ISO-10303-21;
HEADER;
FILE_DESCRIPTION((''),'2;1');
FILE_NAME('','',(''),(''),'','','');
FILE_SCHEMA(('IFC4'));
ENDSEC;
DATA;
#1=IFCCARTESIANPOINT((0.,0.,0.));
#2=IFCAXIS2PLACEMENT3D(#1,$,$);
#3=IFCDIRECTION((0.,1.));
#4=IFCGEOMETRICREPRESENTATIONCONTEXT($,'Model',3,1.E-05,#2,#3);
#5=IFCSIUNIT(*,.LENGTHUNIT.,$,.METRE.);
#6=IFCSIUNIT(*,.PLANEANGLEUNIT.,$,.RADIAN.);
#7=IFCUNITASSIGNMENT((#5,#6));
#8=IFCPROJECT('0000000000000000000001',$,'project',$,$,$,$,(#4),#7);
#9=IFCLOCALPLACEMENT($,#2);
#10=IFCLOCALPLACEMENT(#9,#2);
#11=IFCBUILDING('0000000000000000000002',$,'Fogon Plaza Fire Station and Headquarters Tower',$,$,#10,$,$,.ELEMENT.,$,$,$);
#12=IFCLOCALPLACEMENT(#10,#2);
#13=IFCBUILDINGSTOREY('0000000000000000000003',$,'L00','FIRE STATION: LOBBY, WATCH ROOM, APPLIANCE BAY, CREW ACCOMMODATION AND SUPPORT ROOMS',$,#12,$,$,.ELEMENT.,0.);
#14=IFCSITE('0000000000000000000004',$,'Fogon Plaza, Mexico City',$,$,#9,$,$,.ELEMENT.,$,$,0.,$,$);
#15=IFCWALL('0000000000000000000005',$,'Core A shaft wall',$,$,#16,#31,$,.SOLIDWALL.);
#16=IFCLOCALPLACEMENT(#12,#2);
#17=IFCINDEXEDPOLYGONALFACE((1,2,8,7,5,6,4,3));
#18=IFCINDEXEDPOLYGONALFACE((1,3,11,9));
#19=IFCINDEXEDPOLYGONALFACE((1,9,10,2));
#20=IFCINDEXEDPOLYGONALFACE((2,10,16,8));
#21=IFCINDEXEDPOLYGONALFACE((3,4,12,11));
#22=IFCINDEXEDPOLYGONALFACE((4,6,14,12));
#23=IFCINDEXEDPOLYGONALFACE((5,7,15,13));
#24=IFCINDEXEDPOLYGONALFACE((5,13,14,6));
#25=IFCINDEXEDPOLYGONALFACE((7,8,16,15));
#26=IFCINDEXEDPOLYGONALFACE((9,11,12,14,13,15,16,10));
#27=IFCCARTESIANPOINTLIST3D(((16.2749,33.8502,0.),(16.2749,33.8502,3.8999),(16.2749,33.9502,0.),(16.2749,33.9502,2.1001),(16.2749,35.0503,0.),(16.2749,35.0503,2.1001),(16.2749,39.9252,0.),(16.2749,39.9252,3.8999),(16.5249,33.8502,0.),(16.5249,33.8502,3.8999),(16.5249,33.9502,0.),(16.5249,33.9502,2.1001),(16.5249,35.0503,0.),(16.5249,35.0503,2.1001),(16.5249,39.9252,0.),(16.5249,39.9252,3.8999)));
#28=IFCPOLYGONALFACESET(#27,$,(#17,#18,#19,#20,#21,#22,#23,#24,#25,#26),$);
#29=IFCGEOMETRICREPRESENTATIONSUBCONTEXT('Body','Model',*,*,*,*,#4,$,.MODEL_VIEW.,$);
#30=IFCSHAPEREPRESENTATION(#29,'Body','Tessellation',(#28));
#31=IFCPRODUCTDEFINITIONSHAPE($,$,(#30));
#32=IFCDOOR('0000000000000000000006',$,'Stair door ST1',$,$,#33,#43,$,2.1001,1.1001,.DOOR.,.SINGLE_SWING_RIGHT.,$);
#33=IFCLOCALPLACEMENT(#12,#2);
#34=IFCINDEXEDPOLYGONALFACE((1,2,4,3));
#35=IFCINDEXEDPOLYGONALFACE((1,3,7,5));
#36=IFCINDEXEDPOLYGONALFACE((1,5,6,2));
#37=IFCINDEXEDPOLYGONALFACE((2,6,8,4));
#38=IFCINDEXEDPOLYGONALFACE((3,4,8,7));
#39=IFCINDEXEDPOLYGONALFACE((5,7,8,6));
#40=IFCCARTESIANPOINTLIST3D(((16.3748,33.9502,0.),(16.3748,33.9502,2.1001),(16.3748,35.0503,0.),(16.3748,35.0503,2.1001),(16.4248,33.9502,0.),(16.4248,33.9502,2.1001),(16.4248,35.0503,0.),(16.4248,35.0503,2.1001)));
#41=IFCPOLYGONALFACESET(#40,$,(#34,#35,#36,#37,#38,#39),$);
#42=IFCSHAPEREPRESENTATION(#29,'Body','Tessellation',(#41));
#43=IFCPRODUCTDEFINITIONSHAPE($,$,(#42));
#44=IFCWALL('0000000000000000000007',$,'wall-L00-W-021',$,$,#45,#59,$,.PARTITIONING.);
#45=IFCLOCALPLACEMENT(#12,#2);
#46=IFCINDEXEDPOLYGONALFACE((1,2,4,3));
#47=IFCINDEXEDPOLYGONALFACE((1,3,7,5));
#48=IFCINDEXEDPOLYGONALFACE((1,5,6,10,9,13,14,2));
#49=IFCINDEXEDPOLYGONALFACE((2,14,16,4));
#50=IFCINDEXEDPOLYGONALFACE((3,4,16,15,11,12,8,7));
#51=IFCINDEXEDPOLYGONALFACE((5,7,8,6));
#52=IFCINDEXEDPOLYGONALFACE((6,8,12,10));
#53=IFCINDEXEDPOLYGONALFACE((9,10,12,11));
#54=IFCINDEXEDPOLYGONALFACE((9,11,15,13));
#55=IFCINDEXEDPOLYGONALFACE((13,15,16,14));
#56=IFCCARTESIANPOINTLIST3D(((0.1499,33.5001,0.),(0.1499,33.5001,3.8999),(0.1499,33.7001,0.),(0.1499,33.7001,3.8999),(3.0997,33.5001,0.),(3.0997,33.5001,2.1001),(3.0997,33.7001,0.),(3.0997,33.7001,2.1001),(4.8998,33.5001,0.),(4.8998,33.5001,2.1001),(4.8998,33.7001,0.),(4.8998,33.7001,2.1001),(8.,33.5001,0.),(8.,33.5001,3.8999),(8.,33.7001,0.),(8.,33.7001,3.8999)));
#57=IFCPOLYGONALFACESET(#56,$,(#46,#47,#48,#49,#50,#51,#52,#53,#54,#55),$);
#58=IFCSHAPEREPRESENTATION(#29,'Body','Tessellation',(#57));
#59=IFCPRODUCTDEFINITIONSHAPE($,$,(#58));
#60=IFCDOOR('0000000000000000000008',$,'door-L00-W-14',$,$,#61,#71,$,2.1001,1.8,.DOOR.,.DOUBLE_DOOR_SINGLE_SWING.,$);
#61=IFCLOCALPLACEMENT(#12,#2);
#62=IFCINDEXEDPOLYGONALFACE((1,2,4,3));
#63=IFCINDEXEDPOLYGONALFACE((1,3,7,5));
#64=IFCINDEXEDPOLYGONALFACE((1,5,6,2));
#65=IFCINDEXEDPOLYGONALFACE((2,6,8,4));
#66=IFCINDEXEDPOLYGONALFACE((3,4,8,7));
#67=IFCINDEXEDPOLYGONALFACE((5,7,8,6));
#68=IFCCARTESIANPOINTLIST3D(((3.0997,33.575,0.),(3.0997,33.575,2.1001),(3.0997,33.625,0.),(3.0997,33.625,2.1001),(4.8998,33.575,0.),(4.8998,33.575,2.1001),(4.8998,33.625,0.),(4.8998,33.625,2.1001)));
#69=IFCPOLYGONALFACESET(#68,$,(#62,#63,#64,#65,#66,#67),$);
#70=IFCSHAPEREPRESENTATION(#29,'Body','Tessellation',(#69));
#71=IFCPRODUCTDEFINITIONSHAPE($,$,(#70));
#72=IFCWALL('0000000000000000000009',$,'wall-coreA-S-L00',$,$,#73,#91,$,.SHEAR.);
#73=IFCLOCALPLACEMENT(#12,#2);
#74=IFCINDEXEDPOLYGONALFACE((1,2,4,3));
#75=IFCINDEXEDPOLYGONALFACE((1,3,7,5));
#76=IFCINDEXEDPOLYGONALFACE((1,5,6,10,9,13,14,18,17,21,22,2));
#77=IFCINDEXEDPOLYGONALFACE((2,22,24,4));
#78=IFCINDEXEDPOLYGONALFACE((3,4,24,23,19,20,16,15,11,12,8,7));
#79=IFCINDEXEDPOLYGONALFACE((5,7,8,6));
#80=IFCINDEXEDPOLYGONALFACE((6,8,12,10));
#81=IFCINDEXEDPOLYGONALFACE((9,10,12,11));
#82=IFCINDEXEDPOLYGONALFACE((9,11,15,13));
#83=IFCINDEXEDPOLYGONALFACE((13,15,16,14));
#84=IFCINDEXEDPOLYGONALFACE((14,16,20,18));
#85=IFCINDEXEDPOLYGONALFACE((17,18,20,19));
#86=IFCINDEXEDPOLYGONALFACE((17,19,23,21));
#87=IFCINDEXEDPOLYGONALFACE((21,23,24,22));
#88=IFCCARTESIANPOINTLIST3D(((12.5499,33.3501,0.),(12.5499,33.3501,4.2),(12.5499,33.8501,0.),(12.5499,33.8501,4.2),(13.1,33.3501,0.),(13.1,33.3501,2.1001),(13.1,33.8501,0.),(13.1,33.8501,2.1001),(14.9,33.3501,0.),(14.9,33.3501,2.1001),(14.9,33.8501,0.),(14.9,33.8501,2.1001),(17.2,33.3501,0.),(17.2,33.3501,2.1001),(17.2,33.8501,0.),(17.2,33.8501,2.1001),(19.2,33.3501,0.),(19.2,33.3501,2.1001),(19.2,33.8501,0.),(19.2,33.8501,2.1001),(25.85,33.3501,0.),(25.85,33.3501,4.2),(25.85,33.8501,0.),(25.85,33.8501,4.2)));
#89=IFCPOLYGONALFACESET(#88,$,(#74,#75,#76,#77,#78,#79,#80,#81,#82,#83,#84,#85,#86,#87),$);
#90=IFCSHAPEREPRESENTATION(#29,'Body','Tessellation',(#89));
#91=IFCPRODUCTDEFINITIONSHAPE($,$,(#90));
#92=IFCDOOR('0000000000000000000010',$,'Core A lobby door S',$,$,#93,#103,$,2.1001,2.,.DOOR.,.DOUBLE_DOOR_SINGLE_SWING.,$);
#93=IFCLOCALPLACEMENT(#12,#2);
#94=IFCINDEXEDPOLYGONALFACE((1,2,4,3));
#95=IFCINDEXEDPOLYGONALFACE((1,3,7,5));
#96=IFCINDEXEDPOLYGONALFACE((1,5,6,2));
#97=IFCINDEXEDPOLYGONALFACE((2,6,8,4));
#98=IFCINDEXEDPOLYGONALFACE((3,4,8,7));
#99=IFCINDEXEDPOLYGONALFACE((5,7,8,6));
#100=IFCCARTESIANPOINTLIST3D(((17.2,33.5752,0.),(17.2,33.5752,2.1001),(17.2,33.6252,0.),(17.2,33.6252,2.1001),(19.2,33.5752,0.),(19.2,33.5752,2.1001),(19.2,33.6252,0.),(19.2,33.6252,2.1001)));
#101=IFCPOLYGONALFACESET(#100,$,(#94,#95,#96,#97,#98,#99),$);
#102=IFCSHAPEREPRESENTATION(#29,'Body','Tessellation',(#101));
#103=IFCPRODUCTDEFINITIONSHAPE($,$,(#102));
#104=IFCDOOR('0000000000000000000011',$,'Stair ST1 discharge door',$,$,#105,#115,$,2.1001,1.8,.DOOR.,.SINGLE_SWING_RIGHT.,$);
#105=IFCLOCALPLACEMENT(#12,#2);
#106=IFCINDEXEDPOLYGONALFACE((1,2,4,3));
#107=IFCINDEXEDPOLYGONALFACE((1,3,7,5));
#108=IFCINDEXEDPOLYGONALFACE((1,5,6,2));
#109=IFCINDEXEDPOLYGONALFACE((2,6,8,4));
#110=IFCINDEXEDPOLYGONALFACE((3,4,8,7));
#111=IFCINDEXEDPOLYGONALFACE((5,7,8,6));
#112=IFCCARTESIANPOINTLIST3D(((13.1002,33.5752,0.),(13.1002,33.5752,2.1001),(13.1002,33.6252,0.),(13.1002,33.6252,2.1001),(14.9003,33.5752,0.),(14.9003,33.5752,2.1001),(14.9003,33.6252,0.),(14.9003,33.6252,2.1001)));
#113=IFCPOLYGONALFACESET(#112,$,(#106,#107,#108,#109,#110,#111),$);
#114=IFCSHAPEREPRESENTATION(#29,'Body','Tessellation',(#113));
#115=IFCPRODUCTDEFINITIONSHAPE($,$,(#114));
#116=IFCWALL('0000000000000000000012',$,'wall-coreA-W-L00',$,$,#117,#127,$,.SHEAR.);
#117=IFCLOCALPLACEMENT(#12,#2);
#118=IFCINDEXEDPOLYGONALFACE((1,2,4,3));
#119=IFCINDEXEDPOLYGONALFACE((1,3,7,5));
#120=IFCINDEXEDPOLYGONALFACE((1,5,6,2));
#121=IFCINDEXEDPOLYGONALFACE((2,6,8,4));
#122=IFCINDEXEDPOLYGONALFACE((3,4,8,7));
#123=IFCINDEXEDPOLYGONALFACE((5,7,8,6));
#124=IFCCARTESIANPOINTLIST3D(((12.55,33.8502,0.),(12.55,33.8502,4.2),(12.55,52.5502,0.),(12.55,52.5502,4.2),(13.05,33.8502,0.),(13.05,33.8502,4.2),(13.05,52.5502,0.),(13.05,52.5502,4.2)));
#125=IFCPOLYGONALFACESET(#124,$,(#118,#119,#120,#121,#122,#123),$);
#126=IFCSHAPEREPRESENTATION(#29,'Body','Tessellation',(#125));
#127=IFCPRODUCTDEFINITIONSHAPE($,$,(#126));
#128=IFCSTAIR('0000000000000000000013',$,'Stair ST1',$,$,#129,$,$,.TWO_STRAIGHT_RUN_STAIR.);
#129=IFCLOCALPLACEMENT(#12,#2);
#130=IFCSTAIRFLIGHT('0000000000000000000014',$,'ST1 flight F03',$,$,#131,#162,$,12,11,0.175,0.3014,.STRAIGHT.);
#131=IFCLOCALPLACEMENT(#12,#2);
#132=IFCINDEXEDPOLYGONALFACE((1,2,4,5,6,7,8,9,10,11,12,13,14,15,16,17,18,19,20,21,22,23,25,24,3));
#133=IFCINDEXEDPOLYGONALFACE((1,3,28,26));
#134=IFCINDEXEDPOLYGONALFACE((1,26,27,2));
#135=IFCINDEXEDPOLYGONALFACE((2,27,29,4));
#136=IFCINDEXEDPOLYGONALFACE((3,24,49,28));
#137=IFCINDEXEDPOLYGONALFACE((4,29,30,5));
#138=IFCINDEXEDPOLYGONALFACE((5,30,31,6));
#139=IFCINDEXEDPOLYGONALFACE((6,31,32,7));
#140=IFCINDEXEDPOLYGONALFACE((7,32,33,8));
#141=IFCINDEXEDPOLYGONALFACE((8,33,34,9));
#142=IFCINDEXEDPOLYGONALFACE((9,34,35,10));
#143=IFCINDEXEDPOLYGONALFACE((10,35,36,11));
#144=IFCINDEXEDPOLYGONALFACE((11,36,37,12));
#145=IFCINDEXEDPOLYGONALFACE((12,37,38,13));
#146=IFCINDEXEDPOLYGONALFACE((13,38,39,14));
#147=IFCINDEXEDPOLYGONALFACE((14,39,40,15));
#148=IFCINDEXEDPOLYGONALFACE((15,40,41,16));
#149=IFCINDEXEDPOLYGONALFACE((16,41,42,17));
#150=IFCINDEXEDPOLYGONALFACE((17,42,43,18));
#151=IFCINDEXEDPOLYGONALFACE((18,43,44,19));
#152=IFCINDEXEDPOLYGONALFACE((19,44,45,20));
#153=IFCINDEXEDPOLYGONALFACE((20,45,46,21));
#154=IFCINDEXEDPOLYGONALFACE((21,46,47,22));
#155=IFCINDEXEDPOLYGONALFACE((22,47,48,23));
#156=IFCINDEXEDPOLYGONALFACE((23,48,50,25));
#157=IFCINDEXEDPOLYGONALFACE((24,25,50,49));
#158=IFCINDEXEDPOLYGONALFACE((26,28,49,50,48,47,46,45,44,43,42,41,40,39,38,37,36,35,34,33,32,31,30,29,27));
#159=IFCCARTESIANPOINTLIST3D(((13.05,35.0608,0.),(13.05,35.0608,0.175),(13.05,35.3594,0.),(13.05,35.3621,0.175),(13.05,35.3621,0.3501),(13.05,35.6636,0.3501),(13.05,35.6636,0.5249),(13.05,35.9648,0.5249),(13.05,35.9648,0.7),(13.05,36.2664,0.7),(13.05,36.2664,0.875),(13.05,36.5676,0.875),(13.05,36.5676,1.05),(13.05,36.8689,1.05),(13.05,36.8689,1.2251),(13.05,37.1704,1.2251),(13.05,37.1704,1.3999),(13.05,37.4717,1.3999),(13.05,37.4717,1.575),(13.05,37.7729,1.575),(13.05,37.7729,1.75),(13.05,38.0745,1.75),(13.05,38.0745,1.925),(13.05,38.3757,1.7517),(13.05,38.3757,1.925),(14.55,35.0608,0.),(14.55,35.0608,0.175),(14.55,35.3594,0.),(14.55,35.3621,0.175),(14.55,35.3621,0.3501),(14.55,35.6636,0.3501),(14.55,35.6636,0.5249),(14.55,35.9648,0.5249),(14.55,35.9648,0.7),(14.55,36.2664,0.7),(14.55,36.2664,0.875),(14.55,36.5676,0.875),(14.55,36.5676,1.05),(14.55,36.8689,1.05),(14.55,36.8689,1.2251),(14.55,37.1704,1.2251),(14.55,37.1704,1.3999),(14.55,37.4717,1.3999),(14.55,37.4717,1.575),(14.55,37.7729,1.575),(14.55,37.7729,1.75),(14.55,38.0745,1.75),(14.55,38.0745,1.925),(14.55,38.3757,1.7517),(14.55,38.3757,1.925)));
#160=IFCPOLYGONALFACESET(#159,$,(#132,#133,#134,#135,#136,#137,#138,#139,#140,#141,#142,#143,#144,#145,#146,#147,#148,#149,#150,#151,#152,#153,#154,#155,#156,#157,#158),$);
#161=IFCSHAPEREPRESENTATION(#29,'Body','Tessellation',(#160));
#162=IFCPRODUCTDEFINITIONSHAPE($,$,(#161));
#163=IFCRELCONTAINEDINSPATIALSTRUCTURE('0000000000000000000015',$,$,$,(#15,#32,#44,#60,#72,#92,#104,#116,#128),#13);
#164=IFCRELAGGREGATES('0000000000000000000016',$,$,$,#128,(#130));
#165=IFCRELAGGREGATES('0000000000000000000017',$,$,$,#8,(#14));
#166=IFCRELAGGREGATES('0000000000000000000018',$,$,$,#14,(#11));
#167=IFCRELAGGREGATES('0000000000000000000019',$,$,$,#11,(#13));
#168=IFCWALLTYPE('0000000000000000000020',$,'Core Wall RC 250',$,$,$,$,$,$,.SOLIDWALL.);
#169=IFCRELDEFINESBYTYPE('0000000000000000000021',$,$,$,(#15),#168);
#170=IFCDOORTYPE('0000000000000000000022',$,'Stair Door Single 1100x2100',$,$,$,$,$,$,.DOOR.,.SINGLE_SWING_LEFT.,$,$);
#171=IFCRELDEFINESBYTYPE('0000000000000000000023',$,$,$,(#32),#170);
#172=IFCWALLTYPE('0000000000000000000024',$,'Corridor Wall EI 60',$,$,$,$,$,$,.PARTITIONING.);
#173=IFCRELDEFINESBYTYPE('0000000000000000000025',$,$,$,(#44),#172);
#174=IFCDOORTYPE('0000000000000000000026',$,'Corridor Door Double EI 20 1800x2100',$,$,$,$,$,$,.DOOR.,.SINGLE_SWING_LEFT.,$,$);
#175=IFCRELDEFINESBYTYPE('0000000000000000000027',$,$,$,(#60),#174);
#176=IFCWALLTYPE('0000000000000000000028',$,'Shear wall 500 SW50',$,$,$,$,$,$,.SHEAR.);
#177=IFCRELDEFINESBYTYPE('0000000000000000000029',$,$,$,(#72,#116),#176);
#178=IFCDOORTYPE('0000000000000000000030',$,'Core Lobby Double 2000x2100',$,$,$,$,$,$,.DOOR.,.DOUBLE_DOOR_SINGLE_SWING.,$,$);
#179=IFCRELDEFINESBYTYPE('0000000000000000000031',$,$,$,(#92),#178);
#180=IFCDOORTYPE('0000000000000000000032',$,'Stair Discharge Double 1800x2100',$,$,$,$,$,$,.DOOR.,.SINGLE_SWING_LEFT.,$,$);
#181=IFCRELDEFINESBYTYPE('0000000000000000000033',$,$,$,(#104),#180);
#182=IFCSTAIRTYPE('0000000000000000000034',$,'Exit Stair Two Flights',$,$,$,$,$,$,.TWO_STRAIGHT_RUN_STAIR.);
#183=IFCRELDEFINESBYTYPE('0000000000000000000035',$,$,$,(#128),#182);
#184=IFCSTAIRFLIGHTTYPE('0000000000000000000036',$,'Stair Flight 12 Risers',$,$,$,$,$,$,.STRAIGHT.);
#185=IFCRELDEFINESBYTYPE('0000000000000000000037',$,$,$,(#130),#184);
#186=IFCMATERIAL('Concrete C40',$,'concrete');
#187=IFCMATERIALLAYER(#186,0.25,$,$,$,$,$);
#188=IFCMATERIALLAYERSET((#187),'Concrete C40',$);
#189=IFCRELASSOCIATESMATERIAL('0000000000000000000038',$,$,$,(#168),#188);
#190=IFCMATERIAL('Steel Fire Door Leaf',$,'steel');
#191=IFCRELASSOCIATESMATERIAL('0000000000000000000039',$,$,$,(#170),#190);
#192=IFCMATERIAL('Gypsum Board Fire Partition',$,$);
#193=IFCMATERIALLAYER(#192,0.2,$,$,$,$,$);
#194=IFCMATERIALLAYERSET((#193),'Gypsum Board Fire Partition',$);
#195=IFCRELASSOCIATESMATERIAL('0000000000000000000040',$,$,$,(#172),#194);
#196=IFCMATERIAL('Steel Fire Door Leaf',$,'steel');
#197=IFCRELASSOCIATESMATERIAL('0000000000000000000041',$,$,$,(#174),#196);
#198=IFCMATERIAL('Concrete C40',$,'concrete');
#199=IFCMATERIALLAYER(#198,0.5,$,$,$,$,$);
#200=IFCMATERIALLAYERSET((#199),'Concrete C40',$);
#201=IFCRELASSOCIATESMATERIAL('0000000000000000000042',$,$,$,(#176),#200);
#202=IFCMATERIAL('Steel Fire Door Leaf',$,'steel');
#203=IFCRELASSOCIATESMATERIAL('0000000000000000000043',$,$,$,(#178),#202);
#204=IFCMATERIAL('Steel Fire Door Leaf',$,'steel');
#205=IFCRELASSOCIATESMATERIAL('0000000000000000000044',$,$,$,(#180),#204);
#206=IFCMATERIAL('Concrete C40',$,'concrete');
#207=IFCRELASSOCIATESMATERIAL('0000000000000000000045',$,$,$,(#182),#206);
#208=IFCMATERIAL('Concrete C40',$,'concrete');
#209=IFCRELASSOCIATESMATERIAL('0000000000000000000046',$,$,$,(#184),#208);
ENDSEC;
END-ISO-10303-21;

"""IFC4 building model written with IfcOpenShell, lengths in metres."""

from ifc_helpers import new_model, si_unit, direction, frame, frame_2d, origin, place, context, subcontext, project, spatial, polyline, rectangle, outline, extrude, material, layer, layer_set, type_object, element, fill, aggregate, save


model = new_model("IFC4")

# Units and contexts
model_context = context("Model", 3, precision=1e-05, world=origin(), true_north=direction((0.0, 1.0)))
body_context = subcontext(model_context, "Body", "Model", "MODEL_VIEW")
ifc_project = project(units=[si_unit("LENGTHUNIT", "METRE"), si_unit("PLANEANGLEUNIT", "RADIAN")], contexts=[model_context])

# Site, building, storey
site_placement = place(None, origin())
site = spatial("IfcSite", under=ifc_project, at=site_placement, Name="Fogon Plaza, Mexico City", CompositionType="ELEMENT", RefElevation=0.0)
building_placement = place(site_placement, origin())
building = spatial("IfcBuilding", under=site, at=building_placement, Name="Fogon Plaza Fire Station and Headquarters Tower", CompositionType="ELEMENT")
storey_placement = place(building_placement, origin())
storey = spatial("IfcBuildingStorey", under=building, at=storey_placement, Name="L00", Description="FIRE STATION: LOBBY, WATCH ROOM, APPLIANCE BAY, CREW ACCOMMODATION AND SUPPORT ROOMS", CompositionType="ELEMENT", Elevation=0.0)

# Walls, openings, doors
ifc_material_1 = material(Name="Concrete C40", Category="concrete")
ifc_layer_1 = layer(ifc_material_1, 0.25)
ifc_layer_set_1 = layer_set([ifc_layer_1], Name="Concrete C40")
wall_type_1 = type_object("IfcWallType", Name="Core Wall RC 250", PredefinedType="SOLIDWALL", material=ifc_layer_set_1)
wall_1_placement = place(storey_placement, frame((16.3999, 33.8501, 0.0), z_axis=(0.0, 0.0, 1.0), x_axis=(0.0, 1.0, 0.0)))
wall_1 = element("IfcWall", 1, at=wall_1_placement, inside=storey, type_object=wall_type_1, Name="Core A shaft wall", PredefinedType="SOLIDWALL", context=body_context, shape_type="SweptSolid", body=[
    extrude(rectangle(XDim=6.075, YDim=0.25, at=frame_2d((3.0376, 0.0))), origin(), (0.0, 0.0, 1.0), 3.8999),
])
opening_1_placement = place(wall_1_placement, frame((0.1001, 0.0, 0.0)))
opening_1 = element("IfcOpeningElement", 2, at=opening_1_placement, cuts=wall_1, PredefinedType="OPENING", context=body_context, shape_type="SweptSolid", body=[
    extrude(rectangle(XDim=1.1001, YDim=2.1001, at=frame_2d((0.55, 1.05))), frame((0.0, 0.135, 0.0), z_axis=(0.0, -1.0, 0.0), x_axis=(1.0, 0.0, 0.0)), (0.0, 0.0, 1.0), 0.27),
])
ifc_material_2 = material(Name="Steel Fire Door Leaf", Category="steel")
door_type_1 = type_object("IfcDoorType", Name="Stair Door Single 1100x2100", OperationType="SINGLE_SWING_LEFT", PredefinedType="DOOR", material=ifc_material_2)
door_1_placement = place(opening_1_placement, frame((1.1001, 0.0, 0.0), z_axis=(0.0, 0.0, 1.0), x_axis=(-1.0, 0.0, 0.0)))
door_1 = element("IfcDoor", 3, at=door_1_placement, inside=storey, type_object=door_type_1, Name="Stair door ST1", OperationType="SINGLE_SWING_RIGHT", OverallHeight=2.1001, OverallWidth=1.1001, PredefinedType="DOOR", context=body_context, shape_type="SweptSolid", body=[
    extrude(rectangle(XDim=1.1001, YDim=2.1001, at=frame_2d((0.55, 1.05))), frame((0.0, 0.0249, 0.0), z_axis=(0.0, -1.0, 0.0), x_axis=(1.0, 0.0, 0.0)), (0.0, 0.0, 1.0), 0.05),
])
fill(opening_1, door_1)
ifc_material_3 = material(Name="Gypsum Board Fire Partition")
ifc_layer_2 = layer(ifc_material_3, 0.2)
ifc_layer_set_2 = layer_set([ifc_layer_2], Name="Gypsum Board Fire Partition")
wall_type_2 = type_object("IfcWallType", Name="Corridor Wall EI 60", PredefinedType="PARTITIONING", material=ifc_layer_set_2)
wall_2_placement = place(storey_placement, frame((0.1499, 33.6001, 0.0), z_axis=(0.0, 0.0, 1.0), x_axis=(1.0, 0.0, 0.0)))
wall_2 = element("IfcWall", 4, at=wall_2_placement, inside=storey, type_object=wall_type_2, Name="wall-L00-W-021", PredefinedType="PARTITIONING", context=body_context, shape_type="SweptSolid", body=[
    extrude(rectangle(XDim=7.8501, YDim=0.2, at=frame_2d((3.925, 0.0))), origin(), (0.0, 0.0, 1.0), 3.8999),
])
opening_2_placement = place(wall_2_placement, frame((2.95, 0.0, 0.0)))
opening_2 = element("IfcOpeningElement", 5, at=opening_2_placement, cuts=wall_2, PredefinedType="OPENING", context=body_context, shape_type="SweptSolid", body=[
    extrude(rectangle(XDim=1.8, YDim=2.1001, at=frame_2d((0.8999, 1.05))), frame((0.0, 0.1099, 0.0), z_axis=(0.0, -1.0, 0.0), x_axis=(1.0, 0.0, 0.0)), (0.0, 0.0, 1.0), 0.22),
])
ifc_material_4 = material(Name="Steel Fire Door Leaf", Category="steel")
door_type_2 = type_object("IfcDoorType", Name="Corridor Door Double EI 20 1800x2100", OperationType="SINGLE_SWING_LEFT", PredefinedType="DOOR", material=ifc_material_4)
door_2_placement = place(opening_2_placement, origin())
door_2 = element("IfcDoor", 6, at=door_2_placement, inside=storey, type_object=door_type_2, Name="door-L00-W-14", OperationType="DOUBLE_DOOR_SINGLE_SWING", OverallHeight=2.1001, OverallWidth=1.8, PredefinedType="DOOR", context=body_context, shape_type="SweptSolid", body=[
    extrude(rectangle(XDim=1.8, YDim=2.1001, at=frame_2d((0.8999, 1.05))), frame((0.0, 0.0249, 0.0), z_axis=(0.0, -1.0, 0.0), x_axis=(1.0, 0.0, 0.0)), (0.0, 0.0, 1.0), 0.05),
])
fill(opening_2, door_2)

# Wall, openings, doors
ifc_material_5 = material(Name="Concrete C40", Category="concrete")
ifc_layer_3 = layer(ifc_material_5, 0.5)
ifc_layer_set_3 = layer_set([ifc_layer_3], Name="Concrete C40")
wall_type_3 = type_object("IfcWallType", Name="Shear wall 500 SW50", PredefinedType="SHEAR", material=ifc_layer_set_3)
wall_3_placement = place(storey_placement, frame((12.55, 33.6001, 0.0), z_axis=(0.0, 0.0, 1.0), x_axis=(1.0, 0.0, 0.0)))
wall_3 = element("IfcWall", 7, at=wall_3_placement, inside=storey, type_object=wall_type_3, Name="wall-coreA-S-L00", PredefinedType="SHEAR", context=body_context, shape_type="SweptSolid", body=[
    extrude(rectangle(XDim=13.3, YDim=0.5, at=frame_2d((6.6499, 0.0))), origin(), (0.0, 0.0, 1.0), 4.2),
])
opening_3_placement = place(wall_3_placement, frame((4.6499, 0.0, 0.0)))
opening_3 = element("IfcOpeningElement", 8, at=opening_3_placement, cuts=wall_3, PredefinedType="OPENING", context=body_context, shape_type="SweptSolid", body=[
    extrude(rectangle(XDim=2.0, YDim=2.1001, at=frame_2d((1.0, 1.05))), frame((0.0, 0.26, 0.0), z_axis=(0.0, -1.0, 0.0), x_axis=(1.0, 0.0, 0.0)), (0.0, 0.0, 1.0), 0.52),
])
opening_4_placement = place(wall_3_placement, frame((0.55, 0.0, 0.0)))
opening_4 = element("IfcOpeningElement", 9, at=opening_4_placement, cuts=wall_3, PredefinedType="OPENING", context=body_context, shape_type="SweptSolid", body=[
    extrude(rectangle(XDim=1.8, YDim=2.1001, at=frame_2d((0.8999, 1.05))), frame((0.0, 0.26, 0.0), z_axis=(0.0, -1.0, 0.0), x_axis=(1.0, 0.0, 0.0)), (0.0, 0.0, 1.0), 0.52),
])
ifc_material_6 = material(Name="Steel Fire Door Leaf", Category="steel")
door_type_3 = type_object("IfcDoorType", Name="Core Lobby Double 2000x2100", OperationType="DOUBLE_DOOR_SINGLE_SWING", PredefinedType="DOOR", material=ifc_material_6)
door_3_placement = place(opening_3_placement, frame((2.0, 0.0, 0.0), z_axis=(0.0, 0.0, 1.0), x_axis=(-1.0, 0.0, 0.0)))
door_3 = element("IfcDoor", 10, at=door_3_placement, inside=storey, type_object=door_type_3, Name="Core A lobby door S", OperationType="DOUBLE_DOOR_SINGLE_SWING", OverallHeight=2.1001, OverallWidth=2.0, PredefinedType="DOOR", context=body_context, shape_type="SweptSolid", body=[
    extrude(rectangle(XDim=2.0, YDim=2.1001, at=frame_2d((1.0, 1.05))), frame((0.0, 0.0249, 0.0), z_axis=(0.0, -1.0, 0.0), x_axis=(1.0, 0.0, 0.0)), (0.0, 0.0, 1.0), 0.05),
])
fill(opening_3, door_3)
ifc_material_7 = material(Name="Steel Fire Door Leaf", Category="steel")
door_type_4 = type_object("IfcDoorType", Name="Stair Discharge Double 1800x2100", OperationType="SINGLE_SWING_LEFT", PredefinedType="DOOR", material=ifc_material_7)
door_4_placement = place(opening_4_placement, frame((1.8, 0.0, 0.0), z_axis=(0.0, 0.0, 1.0), x_axis=(-1.0, 0.0, 0.0)))
door_4 = element("IfcDoor", 11, at=door_4_placement, inside=storey, type_object=door_type_4, Name="Stair ST1 discharge door", OperationType="SINGLE_SWING_RIGHT", OverallHeight=2.1001, OverallWidth=1.8, PredefinedType="DOOR", context=body_context, shape_type="SweptSolid", body=[
    extrude(rectangle(XDim=1.8, YDim=2.1001, at=frame_2d((0.8999, 1.05))), frame((0.0, 0.0249, 0.0), z_axis=(0.0, -1.0, 0.0), x_axis=(1.0, 0.0, 0.0)), (0.0, 0.0, 1.0), 0.05),
])
fill(opening_4, door_4)

# Wall
wall_4_placement = place(storey_placement, frame((12.8, 33.8501, 0.0), z_axis=(0.0, 0.0, 1.0), x_axis=(0.0, 1.0, 0.0)))
element("IfcWall", 12, at=wall_4_placement, inside=storey, type_object=wall_type_3, Name="wall-coreA-W-L00", PredefinedType="SHEAR", context=body_context, shape_type="SweptSolid", body=[
    extrude(rectangle(XDim=18.7, YDim=0.5, at=frame_2d((9.3501, 0.0))), origin(), (0.0, 0.0, 1.0), 4.2),
])

# Stair, stair flight
ifc_material_8 = material(Name="Concrete C40", Category="concrete")
stair_type = type_object("IfcStairType", Name="Exit Stair Two Flights", PredefinedType="TWO_STRAIGHT_RUN_STAIR", material=ifc_material_8)
stair_placement = place(storey_placement, origin())
stair = element("IfcStair", 13, at=stair_placement, inside=storey, type_object=stair_type, Name="Stair ST1", PredefinedType="TWO_STRAIGHT_RUN_STAIR")
ifc_material_9 = material(Name="Concrete C40", Category="concrete")
stair_flight_type = type_object("IfcStairFlightType", Name="Stair Flight 12 Risers", PredefinedType="STRAIGHT", material=ifc_material_9)
stair_flight_1_placement = place(storey_placement, frame((13.8, 35.0608, 0.0), z_axis=(0.0, 0.0, 1.0), x_axis=(0.0, 1.0, 0.0)))
stair_flight_1 = element("IfcStairFlight", 14, at=stair_flight_1_placement, type_object=stair_flight_type, Name="ST1 flight F03", NumberOfRisers=12, NumberOfTreads=11, PredefinedType="STRAIGHT", RiserHeight=0.175, TreadLength=0.3014, context=body_context, shape_type="SweptSolid", body=[
    extrude(outline(polyline([(0.0, 0.0), (0.0, 0.175), (0.3013, 0.175), (0.3013, 0.3501), (0.6028, 0.3501), (0.6028, 0.5249), (0.9041, 0.5249), (0.9041, 0.7), (1.2056, 0.7), (1.2056, 0.875), (1.5068, 0.875), (1.5068, 1.05), (1.8081, 1.05), (1.8081, 1.2251), (2.1096, 1.2251), (2.1096, 1.3999), (2.4109, 1.3999), (2.4109, 1.575), (2.7122, 1.575), (2.7122, 1.75), (3.0137, 1.75), (3.0137, 1.925), (3.3149, 1.925), (3.3149, 2.1001), (3.3149, 1.7517), (0.2986, 0.0), (0.0, 0.0)])), frame((0.0, 0.75, 0.0), z_axis=(0.0, -1.0, 0.0), x_axis=(1.0, 0.0, 0.0)), (0.0, 0.0, 1.0), 1.5),
])
aggregate(stair, [stair_flight_1])

save(model, "model.ifc")
